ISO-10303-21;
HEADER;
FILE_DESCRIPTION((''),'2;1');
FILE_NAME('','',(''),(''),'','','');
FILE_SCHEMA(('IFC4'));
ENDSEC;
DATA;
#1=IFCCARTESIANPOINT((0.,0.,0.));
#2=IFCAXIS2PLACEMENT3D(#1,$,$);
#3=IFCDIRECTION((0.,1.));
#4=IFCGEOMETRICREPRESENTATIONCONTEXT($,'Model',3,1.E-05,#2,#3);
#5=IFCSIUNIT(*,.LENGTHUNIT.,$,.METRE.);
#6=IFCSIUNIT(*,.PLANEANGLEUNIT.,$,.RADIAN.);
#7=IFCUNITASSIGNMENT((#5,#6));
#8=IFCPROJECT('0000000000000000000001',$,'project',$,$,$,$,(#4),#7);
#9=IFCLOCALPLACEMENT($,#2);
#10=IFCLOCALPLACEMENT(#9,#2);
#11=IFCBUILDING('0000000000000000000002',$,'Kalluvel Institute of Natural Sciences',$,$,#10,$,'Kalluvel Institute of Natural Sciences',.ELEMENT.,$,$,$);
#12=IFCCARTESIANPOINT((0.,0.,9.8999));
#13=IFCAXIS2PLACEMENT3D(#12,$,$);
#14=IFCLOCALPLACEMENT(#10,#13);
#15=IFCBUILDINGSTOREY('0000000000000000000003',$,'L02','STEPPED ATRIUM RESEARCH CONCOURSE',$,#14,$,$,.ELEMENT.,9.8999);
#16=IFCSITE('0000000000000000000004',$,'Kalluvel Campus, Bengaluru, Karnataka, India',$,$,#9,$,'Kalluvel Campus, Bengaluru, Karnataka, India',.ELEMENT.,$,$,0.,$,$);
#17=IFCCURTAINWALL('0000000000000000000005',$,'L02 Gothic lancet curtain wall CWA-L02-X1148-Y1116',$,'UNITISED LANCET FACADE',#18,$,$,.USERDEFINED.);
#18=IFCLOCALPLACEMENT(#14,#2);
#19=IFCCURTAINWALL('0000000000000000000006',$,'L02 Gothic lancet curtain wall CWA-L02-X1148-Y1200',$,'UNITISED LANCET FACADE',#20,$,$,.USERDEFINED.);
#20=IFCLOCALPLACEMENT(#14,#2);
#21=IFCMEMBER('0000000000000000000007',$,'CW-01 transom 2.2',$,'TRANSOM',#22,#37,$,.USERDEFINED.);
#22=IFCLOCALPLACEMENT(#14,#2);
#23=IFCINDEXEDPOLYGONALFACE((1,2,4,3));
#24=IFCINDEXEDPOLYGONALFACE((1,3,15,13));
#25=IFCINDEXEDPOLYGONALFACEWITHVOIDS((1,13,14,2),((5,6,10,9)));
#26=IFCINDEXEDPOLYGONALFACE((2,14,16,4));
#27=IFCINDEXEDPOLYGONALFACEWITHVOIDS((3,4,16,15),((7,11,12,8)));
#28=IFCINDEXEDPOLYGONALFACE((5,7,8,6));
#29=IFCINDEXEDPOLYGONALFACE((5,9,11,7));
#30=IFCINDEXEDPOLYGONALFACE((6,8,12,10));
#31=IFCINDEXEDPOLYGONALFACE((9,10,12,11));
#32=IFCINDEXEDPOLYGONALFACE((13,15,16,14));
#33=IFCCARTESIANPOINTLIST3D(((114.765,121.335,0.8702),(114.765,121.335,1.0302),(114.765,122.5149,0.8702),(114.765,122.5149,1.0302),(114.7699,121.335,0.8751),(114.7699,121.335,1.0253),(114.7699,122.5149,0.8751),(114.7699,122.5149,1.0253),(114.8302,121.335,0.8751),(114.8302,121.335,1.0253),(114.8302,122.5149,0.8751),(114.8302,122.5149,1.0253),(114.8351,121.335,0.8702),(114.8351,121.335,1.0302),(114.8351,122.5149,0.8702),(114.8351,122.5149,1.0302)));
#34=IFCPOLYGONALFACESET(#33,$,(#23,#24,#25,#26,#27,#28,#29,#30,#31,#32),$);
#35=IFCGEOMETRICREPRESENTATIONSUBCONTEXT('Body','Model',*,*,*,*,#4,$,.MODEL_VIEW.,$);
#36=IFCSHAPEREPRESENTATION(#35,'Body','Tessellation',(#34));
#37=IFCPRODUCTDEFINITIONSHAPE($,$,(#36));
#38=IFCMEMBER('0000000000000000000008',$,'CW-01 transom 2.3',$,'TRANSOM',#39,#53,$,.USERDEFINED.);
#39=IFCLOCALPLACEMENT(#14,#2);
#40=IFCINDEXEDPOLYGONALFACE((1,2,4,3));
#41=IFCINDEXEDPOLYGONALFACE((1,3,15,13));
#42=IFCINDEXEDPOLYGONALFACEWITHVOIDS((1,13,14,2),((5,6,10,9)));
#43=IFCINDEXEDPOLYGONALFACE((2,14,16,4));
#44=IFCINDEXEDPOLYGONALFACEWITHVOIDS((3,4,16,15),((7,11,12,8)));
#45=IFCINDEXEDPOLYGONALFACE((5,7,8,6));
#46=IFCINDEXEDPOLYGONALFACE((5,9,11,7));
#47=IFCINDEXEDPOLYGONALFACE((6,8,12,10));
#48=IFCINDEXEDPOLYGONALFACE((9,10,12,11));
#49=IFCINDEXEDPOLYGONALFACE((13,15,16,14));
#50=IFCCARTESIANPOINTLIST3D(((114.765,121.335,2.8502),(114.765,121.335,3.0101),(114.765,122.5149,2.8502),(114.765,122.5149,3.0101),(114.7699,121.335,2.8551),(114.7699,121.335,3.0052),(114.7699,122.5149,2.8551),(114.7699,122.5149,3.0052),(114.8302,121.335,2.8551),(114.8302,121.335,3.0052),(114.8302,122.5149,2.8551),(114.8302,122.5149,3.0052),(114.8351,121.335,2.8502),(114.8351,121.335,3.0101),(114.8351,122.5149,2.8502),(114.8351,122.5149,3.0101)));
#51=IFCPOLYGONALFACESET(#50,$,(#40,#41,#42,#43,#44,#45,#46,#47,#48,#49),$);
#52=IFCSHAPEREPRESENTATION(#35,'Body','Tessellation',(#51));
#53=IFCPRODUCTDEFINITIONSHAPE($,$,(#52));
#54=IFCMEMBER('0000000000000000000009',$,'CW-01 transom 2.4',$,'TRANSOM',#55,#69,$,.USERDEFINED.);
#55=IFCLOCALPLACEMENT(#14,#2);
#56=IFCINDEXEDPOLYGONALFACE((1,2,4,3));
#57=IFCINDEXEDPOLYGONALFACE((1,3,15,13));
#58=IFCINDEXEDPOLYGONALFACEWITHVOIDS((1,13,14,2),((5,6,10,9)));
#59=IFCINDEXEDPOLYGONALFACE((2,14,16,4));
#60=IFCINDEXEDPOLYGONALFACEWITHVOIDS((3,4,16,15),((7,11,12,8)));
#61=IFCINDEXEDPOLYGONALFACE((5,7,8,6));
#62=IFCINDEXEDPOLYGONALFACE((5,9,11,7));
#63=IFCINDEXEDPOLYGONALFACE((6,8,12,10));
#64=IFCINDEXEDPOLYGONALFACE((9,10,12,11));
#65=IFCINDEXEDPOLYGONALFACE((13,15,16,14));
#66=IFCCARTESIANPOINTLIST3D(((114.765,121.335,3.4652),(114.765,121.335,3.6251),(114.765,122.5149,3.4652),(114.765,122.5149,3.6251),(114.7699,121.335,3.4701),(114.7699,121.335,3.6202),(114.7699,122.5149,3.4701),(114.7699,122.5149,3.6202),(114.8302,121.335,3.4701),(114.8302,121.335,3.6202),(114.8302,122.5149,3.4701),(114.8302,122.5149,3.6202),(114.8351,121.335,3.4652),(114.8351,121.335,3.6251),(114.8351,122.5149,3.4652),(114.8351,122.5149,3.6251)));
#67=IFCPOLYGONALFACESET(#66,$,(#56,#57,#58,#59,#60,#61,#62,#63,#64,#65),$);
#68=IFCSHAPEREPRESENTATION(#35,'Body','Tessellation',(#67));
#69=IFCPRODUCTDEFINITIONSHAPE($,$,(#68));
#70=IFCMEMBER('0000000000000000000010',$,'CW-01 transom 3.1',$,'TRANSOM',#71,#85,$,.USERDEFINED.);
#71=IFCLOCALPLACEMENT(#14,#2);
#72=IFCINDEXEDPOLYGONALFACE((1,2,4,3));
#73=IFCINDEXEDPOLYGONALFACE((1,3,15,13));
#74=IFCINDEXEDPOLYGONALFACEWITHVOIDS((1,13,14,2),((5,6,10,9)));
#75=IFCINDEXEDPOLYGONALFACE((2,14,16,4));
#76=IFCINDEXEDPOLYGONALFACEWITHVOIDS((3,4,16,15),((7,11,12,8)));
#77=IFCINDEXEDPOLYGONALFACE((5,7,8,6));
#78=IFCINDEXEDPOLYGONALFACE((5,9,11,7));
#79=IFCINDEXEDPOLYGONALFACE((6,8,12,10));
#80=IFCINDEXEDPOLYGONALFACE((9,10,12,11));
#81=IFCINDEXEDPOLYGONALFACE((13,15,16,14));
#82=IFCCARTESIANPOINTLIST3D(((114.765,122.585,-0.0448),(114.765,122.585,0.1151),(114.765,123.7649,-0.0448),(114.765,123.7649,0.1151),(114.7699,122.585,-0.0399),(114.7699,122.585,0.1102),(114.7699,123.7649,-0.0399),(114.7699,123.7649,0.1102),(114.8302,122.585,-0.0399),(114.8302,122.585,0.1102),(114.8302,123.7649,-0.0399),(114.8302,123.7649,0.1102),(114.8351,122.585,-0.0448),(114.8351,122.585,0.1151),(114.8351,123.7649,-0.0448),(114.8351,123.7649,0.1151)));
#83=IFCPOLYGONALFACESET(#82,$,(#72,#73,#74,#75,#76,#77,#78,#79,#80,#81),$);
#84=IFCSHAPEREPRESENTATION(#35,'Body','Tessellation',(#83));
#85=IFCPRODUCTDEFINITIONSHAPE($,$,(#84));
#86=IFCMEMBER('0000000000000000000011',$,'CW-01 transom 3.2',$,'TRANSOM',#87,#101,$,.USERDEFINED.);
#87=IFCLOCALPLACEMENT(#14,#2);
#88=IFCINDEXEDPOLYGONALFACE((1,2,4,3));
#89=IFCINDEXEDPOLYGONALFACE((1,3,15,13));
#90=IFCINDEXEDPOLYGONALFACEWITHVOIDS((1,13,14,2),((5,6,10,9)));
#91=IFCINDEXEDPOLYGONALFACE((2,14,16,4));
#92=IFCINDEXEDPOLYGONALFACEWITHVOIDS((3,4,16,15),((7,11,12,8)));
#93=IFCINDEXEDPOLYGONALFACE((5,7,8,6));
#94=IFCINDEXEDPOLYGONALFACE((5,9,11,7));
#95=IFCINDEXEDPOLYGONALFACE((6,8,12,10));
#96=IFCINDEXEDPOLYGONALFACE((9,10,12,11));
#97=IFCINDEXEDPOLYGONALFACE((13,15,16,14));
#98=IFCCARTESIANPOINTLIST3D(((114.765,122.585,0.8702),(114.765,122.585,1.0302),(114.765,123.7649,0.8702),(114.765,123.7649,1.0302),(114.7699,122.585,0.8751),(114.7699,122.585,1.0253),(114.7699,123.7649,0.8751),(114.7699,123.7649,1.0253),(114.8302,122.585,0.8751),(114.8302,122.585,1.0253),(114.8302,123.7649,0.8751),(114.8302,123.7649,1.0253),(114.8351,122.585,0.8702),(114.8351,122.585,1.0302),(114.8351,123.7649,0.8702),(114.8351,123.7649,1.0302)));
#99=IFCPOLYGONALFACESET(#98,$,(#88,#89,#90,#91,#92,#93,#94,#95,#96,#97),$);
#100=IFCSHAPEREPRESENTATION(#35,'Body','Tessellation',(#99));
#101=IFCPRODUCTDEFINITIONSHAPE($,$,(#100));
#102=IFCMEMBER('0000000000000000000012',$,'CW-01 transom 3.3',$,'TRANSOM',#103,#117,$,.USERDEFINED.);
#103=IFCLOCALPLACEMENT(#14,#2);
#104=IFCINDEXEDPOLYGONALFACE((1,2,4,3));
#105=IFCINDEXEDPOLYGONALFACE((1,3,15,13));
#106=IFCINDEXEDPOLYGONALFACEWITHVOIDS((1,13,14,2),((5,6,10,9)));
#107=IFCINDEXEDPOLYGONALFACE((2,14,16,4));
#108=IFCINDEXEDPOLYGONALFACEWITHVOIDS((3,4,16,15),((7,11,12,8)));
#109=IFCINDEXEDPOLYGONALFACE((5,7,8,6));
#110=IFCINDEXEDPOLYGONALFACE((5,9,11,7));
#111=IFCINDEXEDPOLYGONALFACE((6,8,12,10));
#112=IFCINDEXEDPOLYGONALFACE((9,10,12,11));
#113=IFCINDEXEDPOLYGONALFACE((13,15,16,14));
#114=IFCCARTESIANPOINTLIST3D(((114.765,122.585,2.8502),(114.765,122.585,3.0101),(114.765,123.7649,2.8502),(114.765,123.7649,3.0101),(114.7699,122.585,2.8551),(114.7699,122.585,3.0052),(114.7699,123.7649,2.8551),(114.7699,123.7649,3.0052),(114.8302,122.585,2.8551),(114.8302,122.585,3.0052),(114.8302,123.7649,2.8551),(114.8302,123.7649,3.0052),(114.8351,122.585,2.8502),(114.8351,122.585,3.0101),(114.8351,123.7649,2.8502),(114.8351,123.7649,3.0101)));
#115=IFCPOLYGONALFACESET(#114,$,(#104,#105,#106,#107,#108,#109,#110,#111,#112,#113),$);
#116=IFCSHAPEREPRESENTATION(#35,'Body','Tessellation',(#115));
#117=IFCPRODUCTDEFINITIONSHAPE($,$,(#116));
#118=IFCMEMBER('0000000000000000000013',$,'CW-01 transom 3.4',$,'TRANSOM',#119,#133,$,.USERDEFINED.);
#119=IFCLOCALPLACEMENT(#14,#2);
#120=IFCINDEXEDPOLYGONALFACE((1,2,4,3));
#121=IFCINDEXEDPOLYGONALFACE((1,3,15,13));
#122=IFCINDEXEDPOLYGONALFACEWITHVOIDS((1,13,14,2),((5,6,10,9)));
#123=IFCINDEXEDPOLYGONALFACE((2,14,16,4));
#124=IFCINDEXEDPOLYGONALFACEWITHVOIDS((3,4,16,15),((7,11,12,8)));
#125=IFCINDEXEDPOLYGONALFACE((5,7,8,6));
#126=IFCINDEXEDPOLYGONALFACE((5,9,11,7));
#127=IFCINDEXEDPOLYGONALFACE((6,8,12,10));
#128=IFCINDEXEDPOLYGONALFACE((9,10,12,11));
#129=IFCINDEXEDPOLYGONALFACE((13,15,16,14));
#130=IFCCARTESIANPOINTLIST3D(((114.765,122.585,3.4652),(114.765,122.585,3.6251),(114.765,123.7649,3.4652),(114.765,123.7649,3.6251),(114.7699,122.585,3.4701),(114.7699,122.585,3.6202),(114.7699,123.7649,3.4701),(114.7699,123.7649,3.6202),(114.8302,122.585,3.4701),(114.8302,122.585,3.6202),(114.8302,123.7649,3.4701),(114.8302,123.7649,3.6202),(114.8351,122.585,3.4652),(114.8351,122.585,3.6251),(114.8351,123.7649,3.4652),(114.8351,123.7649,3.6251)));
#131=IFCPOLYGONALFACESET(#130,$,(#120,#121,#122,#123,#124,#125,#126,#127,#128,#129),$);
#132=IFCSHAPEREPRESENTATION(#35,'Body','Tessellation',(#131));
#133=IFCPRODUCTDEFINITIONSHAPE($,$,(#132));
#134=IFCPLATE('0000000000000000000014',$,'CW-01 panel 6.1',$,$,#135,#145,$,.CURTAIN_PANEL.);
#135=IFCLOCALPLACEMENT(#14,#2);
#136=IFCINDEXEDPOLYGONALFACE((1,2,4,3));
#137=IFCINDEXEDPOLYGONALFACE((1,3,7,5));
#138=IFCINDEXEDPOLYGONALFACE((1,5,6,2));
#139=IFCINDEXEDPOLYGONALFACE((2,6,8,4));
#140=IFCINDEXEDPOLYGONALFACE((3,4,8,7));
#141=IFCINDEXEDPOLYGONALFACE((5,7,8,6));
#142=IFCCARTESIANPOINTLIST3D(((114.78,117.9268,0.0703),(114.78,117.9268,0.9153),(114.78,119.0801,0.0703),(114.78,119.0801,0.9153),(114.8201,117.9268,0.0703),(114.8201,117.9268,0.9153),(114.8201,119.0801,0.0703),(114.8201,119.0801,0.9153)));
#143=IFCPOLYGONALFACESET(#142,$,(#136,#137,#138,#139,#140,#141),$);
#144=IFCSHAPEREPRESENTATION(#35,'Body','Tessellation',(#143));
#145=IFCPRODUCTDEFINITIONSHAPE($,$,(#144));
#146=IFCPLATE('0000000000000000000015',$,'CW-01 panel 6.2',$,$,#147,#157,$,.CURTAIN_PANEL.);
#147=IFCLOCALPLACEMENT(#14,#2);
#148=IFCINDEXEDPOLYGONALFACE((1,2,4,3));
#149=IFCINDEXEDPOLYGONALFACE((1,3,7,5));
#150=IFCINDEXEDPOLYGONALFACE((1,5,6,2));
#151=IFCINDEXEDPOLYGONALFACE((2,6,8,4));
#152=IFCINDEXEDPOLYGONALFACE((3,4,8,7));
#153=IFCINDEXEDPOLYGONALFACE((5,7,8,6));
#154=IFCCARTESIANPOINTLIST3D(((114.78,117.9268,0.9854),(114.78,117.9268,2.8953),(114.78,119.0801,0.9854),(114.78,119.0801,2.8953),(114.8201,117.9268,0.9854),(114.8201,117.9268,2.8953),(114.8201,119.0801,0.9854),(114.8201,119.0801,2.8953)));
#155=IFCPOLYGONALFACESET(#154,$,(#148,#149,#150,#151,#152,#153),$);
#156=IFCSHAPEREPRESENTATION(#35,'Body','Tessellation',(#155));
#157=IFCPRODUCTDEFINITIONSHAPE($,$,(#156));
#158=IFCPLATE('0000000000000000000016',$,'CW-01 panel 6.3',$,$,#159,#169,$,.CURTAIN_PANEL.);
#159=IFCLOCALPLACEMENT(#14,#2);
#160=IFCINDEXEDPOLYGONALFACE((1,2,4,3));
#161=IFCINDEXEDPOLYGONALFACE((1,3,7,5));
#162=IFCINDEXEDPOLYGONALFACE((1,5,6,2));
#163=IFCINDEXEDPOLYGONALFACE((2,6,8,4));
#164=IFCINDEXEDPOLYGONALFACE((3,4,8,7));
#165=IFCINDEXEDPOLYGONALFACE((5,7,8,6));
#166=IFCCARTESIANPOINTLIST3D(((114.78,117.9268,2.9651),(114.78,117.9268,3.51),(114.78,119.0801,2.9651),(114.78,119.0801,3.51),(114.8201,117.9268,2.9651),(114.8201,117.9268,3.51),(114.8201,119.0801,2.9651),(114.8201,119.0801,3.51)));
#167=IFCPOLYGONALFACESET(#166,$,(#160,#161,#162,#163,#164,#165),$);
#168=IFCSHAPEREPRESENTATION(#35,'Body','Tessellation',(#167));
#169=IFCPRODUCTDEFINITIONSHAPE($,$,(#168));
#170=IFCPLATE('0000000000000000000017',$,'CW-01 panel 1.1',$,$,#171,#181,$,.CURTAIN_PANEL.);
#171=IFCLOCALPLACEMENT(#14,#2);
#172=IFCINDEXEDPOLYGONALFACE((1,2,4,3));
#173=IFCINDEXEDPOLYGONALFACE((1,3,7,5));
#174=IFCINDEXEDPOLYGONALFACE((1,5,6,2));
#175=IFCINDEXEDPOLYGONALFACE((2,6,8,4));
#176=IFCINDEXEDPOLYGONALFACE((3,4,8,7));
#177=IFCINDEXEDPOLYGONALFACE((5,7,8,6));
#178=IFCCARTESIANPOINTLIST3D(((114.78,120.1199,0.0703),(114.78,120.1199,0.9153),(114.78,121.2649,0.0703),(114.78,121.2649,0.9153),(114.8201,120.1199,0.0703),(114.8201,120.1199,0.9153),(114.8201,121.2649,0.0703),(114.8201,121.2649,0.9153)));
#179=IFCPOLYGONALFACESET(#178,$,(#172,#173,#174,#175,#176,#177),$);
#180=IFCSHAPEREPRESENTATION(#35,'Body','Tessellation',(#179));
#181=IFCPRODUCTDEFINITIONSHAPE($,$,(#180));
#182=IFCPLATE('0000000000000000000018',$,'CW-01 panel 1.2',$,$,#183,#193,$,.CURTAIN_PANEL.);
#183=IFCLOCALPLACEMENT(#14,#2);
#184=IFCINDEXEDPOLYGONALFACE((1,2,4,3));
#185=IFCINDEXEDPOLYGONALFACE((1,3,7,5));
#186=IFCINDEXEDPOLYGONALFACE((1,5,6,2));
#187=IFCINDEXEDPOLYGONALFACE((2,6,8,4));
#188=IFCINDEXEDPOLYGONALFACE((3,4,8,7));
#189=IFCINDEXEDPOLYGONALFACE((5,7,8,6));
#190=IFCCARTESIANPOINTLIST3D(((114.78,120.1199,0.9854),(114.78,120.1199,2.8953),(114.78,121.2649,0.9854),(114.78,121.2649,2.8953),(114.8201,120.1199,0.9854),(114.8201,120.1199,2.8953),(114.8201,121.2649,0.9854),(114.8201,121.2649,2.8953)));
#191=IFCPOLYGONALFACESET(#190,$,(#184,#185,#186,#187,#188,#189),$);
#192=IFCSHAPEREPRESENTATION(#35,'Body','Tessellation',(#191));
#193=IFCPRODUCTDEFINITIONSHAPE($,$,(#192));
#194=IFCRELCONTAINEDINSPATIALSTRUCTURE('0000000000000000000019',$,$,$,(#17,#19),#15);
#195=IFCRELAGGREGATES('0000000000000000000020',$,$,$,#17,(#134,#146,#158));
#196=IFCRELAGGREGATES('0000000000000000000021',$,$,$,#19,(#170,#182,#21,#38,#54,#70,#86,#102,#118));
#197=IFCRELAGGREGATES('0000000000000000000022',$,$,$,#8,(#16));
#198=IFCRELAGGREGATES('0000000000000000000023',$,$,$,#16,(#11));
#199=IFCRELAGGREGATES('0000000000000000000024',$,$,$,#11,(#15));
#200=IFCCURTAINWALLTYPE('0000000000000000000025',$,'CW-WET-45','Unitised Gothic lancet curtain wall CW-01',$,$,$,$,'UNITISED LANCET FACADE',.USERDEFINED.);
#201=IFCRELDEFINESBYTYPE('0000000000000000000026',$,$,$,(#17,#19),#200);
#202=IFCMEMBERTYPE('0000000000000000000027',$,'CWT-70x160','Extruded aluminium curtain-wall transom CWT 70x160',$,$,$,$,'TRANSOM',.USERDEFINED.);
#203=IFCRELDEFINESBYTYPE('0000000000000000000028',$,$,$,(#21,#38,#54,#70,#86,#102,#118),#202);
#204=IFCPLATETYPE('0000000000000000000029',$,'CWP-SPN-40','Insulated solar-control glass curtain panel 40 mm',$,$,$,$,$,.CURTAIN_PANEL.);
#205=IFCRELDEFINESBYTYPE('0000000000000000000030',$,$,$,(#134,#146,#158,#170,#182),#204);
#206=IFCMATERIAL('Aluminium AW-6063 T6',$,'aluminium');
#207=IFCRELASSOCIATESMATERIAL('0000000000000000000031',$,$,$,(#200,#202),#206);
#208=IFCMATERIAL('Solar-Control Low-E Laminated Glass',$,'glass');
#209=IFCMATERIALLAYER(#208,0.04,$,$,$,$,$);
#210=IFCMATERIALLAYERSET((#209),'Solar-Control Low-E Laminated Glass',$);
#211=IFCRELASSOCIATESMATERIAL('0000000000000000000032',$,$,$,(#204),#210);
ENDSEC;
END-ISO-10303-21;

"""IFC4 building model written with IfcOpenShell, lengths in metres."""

from ifc_helpers import new_model, si_unit, direction, frame, origin, origin_2d, place, context, subcontext, project, spatial, rectangle, hollow_rectangle, extrude, material, layer, layer_set, material_profile, profile_set, type_object, element, aggregate, save


model = new_model("IFC4")

# Units and contexts
model_context = context("Model", 3, precision=1e-05, world=origin(), true_north=direction((0.0, 1.0)))
body_context = subcontext(model_context, "Body", "Model", "MODEL_VIEW")
ifc_project = project(units=[si_unit("LENGTHUNIT", "METRE"), si_unit("PLANEANGLEUNIT", "RADIAN")], contexts=[model_context])

# Site, building, storey
site_placement = place(None, origin())
site = spatial("IfcSite", under=ifc_project, at=site_placement, Name="Kalluvel Campus, Bengaluru, Karnataka, India", LongName="Kalluvel Campus, Bengaluru, Karnataka, India", CompositionType="ELEMENT", RefElevation=0.0)
building_placement = place(site_placement, origin())
building = spatial("IfcBuilding", under=site, at=building_placement, Name="Kalluvel Institute of Natural Sciences", LongName="Kalluvel Institute of Natural Sciences", CompositionType="ELEMENT")
storey_placement = place(building_placement, frame((0.0, 0.0, 9.8999)))
storey = spatial("IfcBuildingStorey", under=building, at=storey_placement, Name="L02", Description="STEPPED ATRIUM RESEARCH CONCOURSE", CompositionType="ELEMENT", Elevation=9.8999)

# Curtain wall
ifc_material_1 = material(Name="Aluminium AW-6063 T6", Category="aluminium")
curtain_wall_type = type_object("IfcCurtainWallType", Name="CW-WET-45", Description="Unitised Gothic lancet curtain wall CW-01", ElementType="UNITISED LANCET FACADE", PredefinedType="USERDEFINED", material=ifc_material_1)
curtain_wall_1_placement = place(storey_placement, origin())
curtain_wall_1 = element("IfcCurtainWall", 1, at=curtain_wall_1_placement, inside=storey, type_object=curtain_wall_type, Name="L02 Gothic lancet curtain wall CWA-L02-X1148-Y1116", ObjectType="UNITISED LANCET FACADE", PredefinedType="USERDEFINED")

# Curtain wall, members
curtain_wall_2_placement = place(storey_placement, origin())
curtain_wall_2 = element("IfcCurtainWall", 2, at=curtain_wall_2_placement, inside=storey, type_object=curtain_wall_type, Name="L02 Gothic lancet curtain wall CWA-L02-X1148-Y1200", ObjectType="UNITISED LANCET FACADE", PredefinedType="USERDEFINED")
ifc_material_profile_1 = material_profile(ifc_material_1, hollow_rectangle(XDim=0.0701, YDim=0.1599, WallThickness=0.0049, at=origin_2d()), Name="CWT 70x160")
ifc_profile_set_1 = profile_set([ifc_material_profile_1], Name="Aluminium AW-6063 T6")
member_type_1 = type_object("IfcMemberType", Name="CWT-70x160", Description="Extruded aluminium curtain-wall transom CWT 70x160", ElementType="TRANSOM", PredefinedType="USERDEFINED", material=ifc_profile_set_1)
member_1_placement = place(storey_placement, frame((114.8, 121.335, 0.9502), z_axis=(0.0, 1.0, 0.0), x_axis=(-1.0, 0.0, 0.0)))
member_1 = element("IfcMember", 3, at=member_1_placement, type_object=member_type_1, Name="CW-01 transom 2.2", ObjectType="TRANSOM", PredefinedType="USERDEFINED", context=body_context, shape_type="SweptSolid", body=[
    extrude(hollow_rectangle(XDim=0.0701, YDim=0.1599, WallThickness=0.0049, at=origin_2d()), origin(), (0.0, 0.0, 1.0), 1.1799),
])
member_2_placement = place(storey_placement, frame((114.8, 121.335, 2.9302), z_axis=(0.0, 1.0, 0.0), x_axis=(-1.0, 0.0, 0.0)))
member_2 = element("IfcMember", 4, at=member_2_placement, type_object=member_type_1, Name="CW-01 transom 2.3", ObjectType="TRANSOM", PredefinedType="USERDEFINED", context=body_context, shape_type="SweptSolid", body=[
    extrude(hollow_rectangle(XDim=0.0701, YDim=0.1599, WallThickness=0.0049, at=origin_2d()), origin(), (0.0, 0.0, 1.0), 1.1799),
])
member_3_placement = place(storey_placement, frame((114.8, 121.335, 3.5452), z_axis=(0.0, 1.0, 0.0), x_axis=(-1.0, 0.0, 0.0)))
member_3 = element("IfcMember", 5, at=member_3_placement, type_object=member_type_1, Name="CW-01 transom 2.4", ObjectType="TRANSOM", PredefinedType="USERDEFINED", context=body_context, shape_type="SweptSolid", body=[
    extrude(hollow_rectangle(XDim=0.0701, YDim=0.1599, WallThickness=0.0049, at=origin_2d()), origin(), (0.0, 0.0, 1.0), 1.1799),
])
member_4_placement = place(storey_placement, frame((114.8, 122.585, 0.0352), z_axis=(0.0, 1.0, 0.0), x_axis=(-1.0, 0.0, 0.0)))
member_4 = element("IfcMember", 6, at=member_4_placement, type_object=member_type_1, Name="CW-01 transom 3.1", ObjectType="TRANSOM", PredefinedType="USERDEFINED", context=body_context, shape_type="SweptSolid", body=[
    extrude(hollow_rectangle(XDim=0.0701, YDim=0.1599, WallThickness=0.0049, at=origin_2d()), origin(), (0.0, 0.0, 1.0), 1.1799),
])
member_5_placement = place(storey_placement, frame((114.8, 122.585, 0.9502), z_axis=(0.0, 1.0, 0.0), x_axis=(-1.0, 0.0, 0.0)))
member_5 = element("IfcMember", 7, at=member_5_placement, type_object=member_type_1, Name="CW-01 transom 3.2", ObjectType="TRANSOM", PredefinedType="USERDEFINED", context=body_context, shape_type="SweptSolid", body=[
    extrude(hollow_rectangle(XDim=0.0701, YDim=0.1599, WallThickness=0.0049, at=origin_2d()), origin(), (0.0, 0.0, 1.0), 1.1799),
])
member_6_placement = place(storey_placement, frame((114.8, 122.585, 2.9302), z_axis=(0.0, 1.0, 0.0), x_axis=(-1.0, 0.0, 0.0)))
member_6 = element("IfcMember", 8, at=member_6_placement, type_object=member_type_1, Name="CW-01 transom 3.3", ObjectType="TRANSOM", PredefinedType="USERDEFINED", context=body_context, shape_type="SweptSolid", body=[
    extrude(hollow_rectangle(XDim=0.0701, YDim=0.1599, WallThickness=0.0049, at=origin_2d()), origin(), (0.0, 0.0, 1.0), 1.1799),
])
member_7_placement = place(storey_placement, frame((114.8, 122.585, 3.5452), z_axis=(0.0, 1.0, 0.0), x_axis=(-1.0, 0.0, 0.0)))
member_7 = element("IfcMember", 9, at=member_7_placement, type_object=member_type_1, Name="CW-01 transom 3.4", ObjectType="TRANSOM", PredefinedType="USERDEFINED", context=body_context, shape_type="SweptSolid", body=[
    extrude(hollow_rectangle(XDim=0.0701, YDim=0.1599, WallThickness=0.0049, at=origin_2d()), origin(), (0.0, 0.0, 1.0), 1.1799),
])

# Plates
ifc_material_2 = material(Name="Solar-Control Low-E Laminated Glass", Category="glass")
ifc_layer = layer(ifc_material_2, 0.04)
ifc_layer_set = layer_set([ifc_layer], Name="Solar-Control Low-E Laminated Glass")
plate_type = type_object("IfcPlateType", Name="CWP-SPN-40", Description="Insulated solar-control glass curtain panel 40 mm", PredefinedType="CURTAIN_PANEL", material=ifc_layer_set)
plate_1_placement = place(storey_placement, frame((114.8, 118.5034, 0.0703), z_axis=(0.0, 0.0, 1.0), x_axis=(0.0, 1.0, 0.0)))
plate_1 = element("IfcPlate", 10, at=plate_1_placement, type_object=plate_type, Name="CW-01 panel 6.1", PredefinedType="CURTAIN_PANEL", context=body_context, shape_type="SweptSolid", body=[
    extrude(rectangle(XDim=1.1533, YDim=0.04, at=origin_2d()), origin(), (0.0, 0.0, 1.0), 0.845),
])
plate_2_placement = place(storey_placement, frame((114.8, 118.5034, 0.9854), z_axis=(0.0, 0.0, 1.0), x_axis=(0.0, 1.0, 0.0)))
plate_2 = element("IfcPlate", 11, at=plate_2_placement, type_object=plate_type, Name="CW-01 panel 6.2", PredefinedType="CURTAIN_PANEL", context=body_context, shape_type="SweptSolid", body=[
    extrude(rectangle(XDim=1.1533, YDim=0.04, at=origin_2d()), origin(), (0.0, 0.0, 1.0), 1.9099),
])
plate_3_placement = place(storey_placement, frame((114.8, 118.5034, 2.9651), z_axis=(0.0, 0.0, 1.0), x_axis=(0.0, 1.0, 0.0)))
plate_3 = element("IfcPlate", 12, at=plate_3_placement, type_object=plate_type, Name="CW-01 panel 6.3", PredefinedType="CURTAIN_PANEL", context=body_context, shape_type="SweptSolid", body=[
    extrude(rectangle(XDim=1.1533, YDim=0.04, at=origin_2d()), origin(), (0.0, 0.0, 1.0), 0.5449),
])
aggregate(curtain_wall_1, [plate_1, plate_2, plate_3])
plate_4_placement = place(storey_placement, frame((114.8, 120.6924, 0.0703), z_axis=(0.0, 0.0, 1.0), x_axis=(0.0, 1.0, 0.0)))
plate_4 = element("IfcPlate", 13, at=plate_4_placement, type_object=plate_type, Name="CW-01 panel 1.1", PredefinedType="CURTAIN_PANEL", context=body_context, shape_type="SweptSolid", body=[
    extrude(rectangle(XDim=1.145, YDim=0.04, at=origin_2d()), origin(), (0.0, 0.0, 1.0), 0.845),
])
plate_5_placement = place(storey_placement, frame((114.8, 120.6924, 0.9854), z_axis=(0.0, 0.0, 1.0), x_axis=(0.0, 1.0, 0.0)))
plate_5 = element("IfcPlate", 14, at=plate_5_placement, type_object=plate_type, Name="CW-01 panel 1.2", PredefinedType="CURTAIN_PANEL", context=body_context, shape_type="SweptSolid", body=[
    extrude(rectangle(XDim=1.145, YDim=0.04, at=origin_2d()), origin(), (0.0, 0.0, 1.0), 1.9099),
])
aggregate(curtain_wall_2, [plate_4, plate_5, member_1, member_2, member_3, member_4, member_5, member_6, member_7])

save(model, "model.ifc")
